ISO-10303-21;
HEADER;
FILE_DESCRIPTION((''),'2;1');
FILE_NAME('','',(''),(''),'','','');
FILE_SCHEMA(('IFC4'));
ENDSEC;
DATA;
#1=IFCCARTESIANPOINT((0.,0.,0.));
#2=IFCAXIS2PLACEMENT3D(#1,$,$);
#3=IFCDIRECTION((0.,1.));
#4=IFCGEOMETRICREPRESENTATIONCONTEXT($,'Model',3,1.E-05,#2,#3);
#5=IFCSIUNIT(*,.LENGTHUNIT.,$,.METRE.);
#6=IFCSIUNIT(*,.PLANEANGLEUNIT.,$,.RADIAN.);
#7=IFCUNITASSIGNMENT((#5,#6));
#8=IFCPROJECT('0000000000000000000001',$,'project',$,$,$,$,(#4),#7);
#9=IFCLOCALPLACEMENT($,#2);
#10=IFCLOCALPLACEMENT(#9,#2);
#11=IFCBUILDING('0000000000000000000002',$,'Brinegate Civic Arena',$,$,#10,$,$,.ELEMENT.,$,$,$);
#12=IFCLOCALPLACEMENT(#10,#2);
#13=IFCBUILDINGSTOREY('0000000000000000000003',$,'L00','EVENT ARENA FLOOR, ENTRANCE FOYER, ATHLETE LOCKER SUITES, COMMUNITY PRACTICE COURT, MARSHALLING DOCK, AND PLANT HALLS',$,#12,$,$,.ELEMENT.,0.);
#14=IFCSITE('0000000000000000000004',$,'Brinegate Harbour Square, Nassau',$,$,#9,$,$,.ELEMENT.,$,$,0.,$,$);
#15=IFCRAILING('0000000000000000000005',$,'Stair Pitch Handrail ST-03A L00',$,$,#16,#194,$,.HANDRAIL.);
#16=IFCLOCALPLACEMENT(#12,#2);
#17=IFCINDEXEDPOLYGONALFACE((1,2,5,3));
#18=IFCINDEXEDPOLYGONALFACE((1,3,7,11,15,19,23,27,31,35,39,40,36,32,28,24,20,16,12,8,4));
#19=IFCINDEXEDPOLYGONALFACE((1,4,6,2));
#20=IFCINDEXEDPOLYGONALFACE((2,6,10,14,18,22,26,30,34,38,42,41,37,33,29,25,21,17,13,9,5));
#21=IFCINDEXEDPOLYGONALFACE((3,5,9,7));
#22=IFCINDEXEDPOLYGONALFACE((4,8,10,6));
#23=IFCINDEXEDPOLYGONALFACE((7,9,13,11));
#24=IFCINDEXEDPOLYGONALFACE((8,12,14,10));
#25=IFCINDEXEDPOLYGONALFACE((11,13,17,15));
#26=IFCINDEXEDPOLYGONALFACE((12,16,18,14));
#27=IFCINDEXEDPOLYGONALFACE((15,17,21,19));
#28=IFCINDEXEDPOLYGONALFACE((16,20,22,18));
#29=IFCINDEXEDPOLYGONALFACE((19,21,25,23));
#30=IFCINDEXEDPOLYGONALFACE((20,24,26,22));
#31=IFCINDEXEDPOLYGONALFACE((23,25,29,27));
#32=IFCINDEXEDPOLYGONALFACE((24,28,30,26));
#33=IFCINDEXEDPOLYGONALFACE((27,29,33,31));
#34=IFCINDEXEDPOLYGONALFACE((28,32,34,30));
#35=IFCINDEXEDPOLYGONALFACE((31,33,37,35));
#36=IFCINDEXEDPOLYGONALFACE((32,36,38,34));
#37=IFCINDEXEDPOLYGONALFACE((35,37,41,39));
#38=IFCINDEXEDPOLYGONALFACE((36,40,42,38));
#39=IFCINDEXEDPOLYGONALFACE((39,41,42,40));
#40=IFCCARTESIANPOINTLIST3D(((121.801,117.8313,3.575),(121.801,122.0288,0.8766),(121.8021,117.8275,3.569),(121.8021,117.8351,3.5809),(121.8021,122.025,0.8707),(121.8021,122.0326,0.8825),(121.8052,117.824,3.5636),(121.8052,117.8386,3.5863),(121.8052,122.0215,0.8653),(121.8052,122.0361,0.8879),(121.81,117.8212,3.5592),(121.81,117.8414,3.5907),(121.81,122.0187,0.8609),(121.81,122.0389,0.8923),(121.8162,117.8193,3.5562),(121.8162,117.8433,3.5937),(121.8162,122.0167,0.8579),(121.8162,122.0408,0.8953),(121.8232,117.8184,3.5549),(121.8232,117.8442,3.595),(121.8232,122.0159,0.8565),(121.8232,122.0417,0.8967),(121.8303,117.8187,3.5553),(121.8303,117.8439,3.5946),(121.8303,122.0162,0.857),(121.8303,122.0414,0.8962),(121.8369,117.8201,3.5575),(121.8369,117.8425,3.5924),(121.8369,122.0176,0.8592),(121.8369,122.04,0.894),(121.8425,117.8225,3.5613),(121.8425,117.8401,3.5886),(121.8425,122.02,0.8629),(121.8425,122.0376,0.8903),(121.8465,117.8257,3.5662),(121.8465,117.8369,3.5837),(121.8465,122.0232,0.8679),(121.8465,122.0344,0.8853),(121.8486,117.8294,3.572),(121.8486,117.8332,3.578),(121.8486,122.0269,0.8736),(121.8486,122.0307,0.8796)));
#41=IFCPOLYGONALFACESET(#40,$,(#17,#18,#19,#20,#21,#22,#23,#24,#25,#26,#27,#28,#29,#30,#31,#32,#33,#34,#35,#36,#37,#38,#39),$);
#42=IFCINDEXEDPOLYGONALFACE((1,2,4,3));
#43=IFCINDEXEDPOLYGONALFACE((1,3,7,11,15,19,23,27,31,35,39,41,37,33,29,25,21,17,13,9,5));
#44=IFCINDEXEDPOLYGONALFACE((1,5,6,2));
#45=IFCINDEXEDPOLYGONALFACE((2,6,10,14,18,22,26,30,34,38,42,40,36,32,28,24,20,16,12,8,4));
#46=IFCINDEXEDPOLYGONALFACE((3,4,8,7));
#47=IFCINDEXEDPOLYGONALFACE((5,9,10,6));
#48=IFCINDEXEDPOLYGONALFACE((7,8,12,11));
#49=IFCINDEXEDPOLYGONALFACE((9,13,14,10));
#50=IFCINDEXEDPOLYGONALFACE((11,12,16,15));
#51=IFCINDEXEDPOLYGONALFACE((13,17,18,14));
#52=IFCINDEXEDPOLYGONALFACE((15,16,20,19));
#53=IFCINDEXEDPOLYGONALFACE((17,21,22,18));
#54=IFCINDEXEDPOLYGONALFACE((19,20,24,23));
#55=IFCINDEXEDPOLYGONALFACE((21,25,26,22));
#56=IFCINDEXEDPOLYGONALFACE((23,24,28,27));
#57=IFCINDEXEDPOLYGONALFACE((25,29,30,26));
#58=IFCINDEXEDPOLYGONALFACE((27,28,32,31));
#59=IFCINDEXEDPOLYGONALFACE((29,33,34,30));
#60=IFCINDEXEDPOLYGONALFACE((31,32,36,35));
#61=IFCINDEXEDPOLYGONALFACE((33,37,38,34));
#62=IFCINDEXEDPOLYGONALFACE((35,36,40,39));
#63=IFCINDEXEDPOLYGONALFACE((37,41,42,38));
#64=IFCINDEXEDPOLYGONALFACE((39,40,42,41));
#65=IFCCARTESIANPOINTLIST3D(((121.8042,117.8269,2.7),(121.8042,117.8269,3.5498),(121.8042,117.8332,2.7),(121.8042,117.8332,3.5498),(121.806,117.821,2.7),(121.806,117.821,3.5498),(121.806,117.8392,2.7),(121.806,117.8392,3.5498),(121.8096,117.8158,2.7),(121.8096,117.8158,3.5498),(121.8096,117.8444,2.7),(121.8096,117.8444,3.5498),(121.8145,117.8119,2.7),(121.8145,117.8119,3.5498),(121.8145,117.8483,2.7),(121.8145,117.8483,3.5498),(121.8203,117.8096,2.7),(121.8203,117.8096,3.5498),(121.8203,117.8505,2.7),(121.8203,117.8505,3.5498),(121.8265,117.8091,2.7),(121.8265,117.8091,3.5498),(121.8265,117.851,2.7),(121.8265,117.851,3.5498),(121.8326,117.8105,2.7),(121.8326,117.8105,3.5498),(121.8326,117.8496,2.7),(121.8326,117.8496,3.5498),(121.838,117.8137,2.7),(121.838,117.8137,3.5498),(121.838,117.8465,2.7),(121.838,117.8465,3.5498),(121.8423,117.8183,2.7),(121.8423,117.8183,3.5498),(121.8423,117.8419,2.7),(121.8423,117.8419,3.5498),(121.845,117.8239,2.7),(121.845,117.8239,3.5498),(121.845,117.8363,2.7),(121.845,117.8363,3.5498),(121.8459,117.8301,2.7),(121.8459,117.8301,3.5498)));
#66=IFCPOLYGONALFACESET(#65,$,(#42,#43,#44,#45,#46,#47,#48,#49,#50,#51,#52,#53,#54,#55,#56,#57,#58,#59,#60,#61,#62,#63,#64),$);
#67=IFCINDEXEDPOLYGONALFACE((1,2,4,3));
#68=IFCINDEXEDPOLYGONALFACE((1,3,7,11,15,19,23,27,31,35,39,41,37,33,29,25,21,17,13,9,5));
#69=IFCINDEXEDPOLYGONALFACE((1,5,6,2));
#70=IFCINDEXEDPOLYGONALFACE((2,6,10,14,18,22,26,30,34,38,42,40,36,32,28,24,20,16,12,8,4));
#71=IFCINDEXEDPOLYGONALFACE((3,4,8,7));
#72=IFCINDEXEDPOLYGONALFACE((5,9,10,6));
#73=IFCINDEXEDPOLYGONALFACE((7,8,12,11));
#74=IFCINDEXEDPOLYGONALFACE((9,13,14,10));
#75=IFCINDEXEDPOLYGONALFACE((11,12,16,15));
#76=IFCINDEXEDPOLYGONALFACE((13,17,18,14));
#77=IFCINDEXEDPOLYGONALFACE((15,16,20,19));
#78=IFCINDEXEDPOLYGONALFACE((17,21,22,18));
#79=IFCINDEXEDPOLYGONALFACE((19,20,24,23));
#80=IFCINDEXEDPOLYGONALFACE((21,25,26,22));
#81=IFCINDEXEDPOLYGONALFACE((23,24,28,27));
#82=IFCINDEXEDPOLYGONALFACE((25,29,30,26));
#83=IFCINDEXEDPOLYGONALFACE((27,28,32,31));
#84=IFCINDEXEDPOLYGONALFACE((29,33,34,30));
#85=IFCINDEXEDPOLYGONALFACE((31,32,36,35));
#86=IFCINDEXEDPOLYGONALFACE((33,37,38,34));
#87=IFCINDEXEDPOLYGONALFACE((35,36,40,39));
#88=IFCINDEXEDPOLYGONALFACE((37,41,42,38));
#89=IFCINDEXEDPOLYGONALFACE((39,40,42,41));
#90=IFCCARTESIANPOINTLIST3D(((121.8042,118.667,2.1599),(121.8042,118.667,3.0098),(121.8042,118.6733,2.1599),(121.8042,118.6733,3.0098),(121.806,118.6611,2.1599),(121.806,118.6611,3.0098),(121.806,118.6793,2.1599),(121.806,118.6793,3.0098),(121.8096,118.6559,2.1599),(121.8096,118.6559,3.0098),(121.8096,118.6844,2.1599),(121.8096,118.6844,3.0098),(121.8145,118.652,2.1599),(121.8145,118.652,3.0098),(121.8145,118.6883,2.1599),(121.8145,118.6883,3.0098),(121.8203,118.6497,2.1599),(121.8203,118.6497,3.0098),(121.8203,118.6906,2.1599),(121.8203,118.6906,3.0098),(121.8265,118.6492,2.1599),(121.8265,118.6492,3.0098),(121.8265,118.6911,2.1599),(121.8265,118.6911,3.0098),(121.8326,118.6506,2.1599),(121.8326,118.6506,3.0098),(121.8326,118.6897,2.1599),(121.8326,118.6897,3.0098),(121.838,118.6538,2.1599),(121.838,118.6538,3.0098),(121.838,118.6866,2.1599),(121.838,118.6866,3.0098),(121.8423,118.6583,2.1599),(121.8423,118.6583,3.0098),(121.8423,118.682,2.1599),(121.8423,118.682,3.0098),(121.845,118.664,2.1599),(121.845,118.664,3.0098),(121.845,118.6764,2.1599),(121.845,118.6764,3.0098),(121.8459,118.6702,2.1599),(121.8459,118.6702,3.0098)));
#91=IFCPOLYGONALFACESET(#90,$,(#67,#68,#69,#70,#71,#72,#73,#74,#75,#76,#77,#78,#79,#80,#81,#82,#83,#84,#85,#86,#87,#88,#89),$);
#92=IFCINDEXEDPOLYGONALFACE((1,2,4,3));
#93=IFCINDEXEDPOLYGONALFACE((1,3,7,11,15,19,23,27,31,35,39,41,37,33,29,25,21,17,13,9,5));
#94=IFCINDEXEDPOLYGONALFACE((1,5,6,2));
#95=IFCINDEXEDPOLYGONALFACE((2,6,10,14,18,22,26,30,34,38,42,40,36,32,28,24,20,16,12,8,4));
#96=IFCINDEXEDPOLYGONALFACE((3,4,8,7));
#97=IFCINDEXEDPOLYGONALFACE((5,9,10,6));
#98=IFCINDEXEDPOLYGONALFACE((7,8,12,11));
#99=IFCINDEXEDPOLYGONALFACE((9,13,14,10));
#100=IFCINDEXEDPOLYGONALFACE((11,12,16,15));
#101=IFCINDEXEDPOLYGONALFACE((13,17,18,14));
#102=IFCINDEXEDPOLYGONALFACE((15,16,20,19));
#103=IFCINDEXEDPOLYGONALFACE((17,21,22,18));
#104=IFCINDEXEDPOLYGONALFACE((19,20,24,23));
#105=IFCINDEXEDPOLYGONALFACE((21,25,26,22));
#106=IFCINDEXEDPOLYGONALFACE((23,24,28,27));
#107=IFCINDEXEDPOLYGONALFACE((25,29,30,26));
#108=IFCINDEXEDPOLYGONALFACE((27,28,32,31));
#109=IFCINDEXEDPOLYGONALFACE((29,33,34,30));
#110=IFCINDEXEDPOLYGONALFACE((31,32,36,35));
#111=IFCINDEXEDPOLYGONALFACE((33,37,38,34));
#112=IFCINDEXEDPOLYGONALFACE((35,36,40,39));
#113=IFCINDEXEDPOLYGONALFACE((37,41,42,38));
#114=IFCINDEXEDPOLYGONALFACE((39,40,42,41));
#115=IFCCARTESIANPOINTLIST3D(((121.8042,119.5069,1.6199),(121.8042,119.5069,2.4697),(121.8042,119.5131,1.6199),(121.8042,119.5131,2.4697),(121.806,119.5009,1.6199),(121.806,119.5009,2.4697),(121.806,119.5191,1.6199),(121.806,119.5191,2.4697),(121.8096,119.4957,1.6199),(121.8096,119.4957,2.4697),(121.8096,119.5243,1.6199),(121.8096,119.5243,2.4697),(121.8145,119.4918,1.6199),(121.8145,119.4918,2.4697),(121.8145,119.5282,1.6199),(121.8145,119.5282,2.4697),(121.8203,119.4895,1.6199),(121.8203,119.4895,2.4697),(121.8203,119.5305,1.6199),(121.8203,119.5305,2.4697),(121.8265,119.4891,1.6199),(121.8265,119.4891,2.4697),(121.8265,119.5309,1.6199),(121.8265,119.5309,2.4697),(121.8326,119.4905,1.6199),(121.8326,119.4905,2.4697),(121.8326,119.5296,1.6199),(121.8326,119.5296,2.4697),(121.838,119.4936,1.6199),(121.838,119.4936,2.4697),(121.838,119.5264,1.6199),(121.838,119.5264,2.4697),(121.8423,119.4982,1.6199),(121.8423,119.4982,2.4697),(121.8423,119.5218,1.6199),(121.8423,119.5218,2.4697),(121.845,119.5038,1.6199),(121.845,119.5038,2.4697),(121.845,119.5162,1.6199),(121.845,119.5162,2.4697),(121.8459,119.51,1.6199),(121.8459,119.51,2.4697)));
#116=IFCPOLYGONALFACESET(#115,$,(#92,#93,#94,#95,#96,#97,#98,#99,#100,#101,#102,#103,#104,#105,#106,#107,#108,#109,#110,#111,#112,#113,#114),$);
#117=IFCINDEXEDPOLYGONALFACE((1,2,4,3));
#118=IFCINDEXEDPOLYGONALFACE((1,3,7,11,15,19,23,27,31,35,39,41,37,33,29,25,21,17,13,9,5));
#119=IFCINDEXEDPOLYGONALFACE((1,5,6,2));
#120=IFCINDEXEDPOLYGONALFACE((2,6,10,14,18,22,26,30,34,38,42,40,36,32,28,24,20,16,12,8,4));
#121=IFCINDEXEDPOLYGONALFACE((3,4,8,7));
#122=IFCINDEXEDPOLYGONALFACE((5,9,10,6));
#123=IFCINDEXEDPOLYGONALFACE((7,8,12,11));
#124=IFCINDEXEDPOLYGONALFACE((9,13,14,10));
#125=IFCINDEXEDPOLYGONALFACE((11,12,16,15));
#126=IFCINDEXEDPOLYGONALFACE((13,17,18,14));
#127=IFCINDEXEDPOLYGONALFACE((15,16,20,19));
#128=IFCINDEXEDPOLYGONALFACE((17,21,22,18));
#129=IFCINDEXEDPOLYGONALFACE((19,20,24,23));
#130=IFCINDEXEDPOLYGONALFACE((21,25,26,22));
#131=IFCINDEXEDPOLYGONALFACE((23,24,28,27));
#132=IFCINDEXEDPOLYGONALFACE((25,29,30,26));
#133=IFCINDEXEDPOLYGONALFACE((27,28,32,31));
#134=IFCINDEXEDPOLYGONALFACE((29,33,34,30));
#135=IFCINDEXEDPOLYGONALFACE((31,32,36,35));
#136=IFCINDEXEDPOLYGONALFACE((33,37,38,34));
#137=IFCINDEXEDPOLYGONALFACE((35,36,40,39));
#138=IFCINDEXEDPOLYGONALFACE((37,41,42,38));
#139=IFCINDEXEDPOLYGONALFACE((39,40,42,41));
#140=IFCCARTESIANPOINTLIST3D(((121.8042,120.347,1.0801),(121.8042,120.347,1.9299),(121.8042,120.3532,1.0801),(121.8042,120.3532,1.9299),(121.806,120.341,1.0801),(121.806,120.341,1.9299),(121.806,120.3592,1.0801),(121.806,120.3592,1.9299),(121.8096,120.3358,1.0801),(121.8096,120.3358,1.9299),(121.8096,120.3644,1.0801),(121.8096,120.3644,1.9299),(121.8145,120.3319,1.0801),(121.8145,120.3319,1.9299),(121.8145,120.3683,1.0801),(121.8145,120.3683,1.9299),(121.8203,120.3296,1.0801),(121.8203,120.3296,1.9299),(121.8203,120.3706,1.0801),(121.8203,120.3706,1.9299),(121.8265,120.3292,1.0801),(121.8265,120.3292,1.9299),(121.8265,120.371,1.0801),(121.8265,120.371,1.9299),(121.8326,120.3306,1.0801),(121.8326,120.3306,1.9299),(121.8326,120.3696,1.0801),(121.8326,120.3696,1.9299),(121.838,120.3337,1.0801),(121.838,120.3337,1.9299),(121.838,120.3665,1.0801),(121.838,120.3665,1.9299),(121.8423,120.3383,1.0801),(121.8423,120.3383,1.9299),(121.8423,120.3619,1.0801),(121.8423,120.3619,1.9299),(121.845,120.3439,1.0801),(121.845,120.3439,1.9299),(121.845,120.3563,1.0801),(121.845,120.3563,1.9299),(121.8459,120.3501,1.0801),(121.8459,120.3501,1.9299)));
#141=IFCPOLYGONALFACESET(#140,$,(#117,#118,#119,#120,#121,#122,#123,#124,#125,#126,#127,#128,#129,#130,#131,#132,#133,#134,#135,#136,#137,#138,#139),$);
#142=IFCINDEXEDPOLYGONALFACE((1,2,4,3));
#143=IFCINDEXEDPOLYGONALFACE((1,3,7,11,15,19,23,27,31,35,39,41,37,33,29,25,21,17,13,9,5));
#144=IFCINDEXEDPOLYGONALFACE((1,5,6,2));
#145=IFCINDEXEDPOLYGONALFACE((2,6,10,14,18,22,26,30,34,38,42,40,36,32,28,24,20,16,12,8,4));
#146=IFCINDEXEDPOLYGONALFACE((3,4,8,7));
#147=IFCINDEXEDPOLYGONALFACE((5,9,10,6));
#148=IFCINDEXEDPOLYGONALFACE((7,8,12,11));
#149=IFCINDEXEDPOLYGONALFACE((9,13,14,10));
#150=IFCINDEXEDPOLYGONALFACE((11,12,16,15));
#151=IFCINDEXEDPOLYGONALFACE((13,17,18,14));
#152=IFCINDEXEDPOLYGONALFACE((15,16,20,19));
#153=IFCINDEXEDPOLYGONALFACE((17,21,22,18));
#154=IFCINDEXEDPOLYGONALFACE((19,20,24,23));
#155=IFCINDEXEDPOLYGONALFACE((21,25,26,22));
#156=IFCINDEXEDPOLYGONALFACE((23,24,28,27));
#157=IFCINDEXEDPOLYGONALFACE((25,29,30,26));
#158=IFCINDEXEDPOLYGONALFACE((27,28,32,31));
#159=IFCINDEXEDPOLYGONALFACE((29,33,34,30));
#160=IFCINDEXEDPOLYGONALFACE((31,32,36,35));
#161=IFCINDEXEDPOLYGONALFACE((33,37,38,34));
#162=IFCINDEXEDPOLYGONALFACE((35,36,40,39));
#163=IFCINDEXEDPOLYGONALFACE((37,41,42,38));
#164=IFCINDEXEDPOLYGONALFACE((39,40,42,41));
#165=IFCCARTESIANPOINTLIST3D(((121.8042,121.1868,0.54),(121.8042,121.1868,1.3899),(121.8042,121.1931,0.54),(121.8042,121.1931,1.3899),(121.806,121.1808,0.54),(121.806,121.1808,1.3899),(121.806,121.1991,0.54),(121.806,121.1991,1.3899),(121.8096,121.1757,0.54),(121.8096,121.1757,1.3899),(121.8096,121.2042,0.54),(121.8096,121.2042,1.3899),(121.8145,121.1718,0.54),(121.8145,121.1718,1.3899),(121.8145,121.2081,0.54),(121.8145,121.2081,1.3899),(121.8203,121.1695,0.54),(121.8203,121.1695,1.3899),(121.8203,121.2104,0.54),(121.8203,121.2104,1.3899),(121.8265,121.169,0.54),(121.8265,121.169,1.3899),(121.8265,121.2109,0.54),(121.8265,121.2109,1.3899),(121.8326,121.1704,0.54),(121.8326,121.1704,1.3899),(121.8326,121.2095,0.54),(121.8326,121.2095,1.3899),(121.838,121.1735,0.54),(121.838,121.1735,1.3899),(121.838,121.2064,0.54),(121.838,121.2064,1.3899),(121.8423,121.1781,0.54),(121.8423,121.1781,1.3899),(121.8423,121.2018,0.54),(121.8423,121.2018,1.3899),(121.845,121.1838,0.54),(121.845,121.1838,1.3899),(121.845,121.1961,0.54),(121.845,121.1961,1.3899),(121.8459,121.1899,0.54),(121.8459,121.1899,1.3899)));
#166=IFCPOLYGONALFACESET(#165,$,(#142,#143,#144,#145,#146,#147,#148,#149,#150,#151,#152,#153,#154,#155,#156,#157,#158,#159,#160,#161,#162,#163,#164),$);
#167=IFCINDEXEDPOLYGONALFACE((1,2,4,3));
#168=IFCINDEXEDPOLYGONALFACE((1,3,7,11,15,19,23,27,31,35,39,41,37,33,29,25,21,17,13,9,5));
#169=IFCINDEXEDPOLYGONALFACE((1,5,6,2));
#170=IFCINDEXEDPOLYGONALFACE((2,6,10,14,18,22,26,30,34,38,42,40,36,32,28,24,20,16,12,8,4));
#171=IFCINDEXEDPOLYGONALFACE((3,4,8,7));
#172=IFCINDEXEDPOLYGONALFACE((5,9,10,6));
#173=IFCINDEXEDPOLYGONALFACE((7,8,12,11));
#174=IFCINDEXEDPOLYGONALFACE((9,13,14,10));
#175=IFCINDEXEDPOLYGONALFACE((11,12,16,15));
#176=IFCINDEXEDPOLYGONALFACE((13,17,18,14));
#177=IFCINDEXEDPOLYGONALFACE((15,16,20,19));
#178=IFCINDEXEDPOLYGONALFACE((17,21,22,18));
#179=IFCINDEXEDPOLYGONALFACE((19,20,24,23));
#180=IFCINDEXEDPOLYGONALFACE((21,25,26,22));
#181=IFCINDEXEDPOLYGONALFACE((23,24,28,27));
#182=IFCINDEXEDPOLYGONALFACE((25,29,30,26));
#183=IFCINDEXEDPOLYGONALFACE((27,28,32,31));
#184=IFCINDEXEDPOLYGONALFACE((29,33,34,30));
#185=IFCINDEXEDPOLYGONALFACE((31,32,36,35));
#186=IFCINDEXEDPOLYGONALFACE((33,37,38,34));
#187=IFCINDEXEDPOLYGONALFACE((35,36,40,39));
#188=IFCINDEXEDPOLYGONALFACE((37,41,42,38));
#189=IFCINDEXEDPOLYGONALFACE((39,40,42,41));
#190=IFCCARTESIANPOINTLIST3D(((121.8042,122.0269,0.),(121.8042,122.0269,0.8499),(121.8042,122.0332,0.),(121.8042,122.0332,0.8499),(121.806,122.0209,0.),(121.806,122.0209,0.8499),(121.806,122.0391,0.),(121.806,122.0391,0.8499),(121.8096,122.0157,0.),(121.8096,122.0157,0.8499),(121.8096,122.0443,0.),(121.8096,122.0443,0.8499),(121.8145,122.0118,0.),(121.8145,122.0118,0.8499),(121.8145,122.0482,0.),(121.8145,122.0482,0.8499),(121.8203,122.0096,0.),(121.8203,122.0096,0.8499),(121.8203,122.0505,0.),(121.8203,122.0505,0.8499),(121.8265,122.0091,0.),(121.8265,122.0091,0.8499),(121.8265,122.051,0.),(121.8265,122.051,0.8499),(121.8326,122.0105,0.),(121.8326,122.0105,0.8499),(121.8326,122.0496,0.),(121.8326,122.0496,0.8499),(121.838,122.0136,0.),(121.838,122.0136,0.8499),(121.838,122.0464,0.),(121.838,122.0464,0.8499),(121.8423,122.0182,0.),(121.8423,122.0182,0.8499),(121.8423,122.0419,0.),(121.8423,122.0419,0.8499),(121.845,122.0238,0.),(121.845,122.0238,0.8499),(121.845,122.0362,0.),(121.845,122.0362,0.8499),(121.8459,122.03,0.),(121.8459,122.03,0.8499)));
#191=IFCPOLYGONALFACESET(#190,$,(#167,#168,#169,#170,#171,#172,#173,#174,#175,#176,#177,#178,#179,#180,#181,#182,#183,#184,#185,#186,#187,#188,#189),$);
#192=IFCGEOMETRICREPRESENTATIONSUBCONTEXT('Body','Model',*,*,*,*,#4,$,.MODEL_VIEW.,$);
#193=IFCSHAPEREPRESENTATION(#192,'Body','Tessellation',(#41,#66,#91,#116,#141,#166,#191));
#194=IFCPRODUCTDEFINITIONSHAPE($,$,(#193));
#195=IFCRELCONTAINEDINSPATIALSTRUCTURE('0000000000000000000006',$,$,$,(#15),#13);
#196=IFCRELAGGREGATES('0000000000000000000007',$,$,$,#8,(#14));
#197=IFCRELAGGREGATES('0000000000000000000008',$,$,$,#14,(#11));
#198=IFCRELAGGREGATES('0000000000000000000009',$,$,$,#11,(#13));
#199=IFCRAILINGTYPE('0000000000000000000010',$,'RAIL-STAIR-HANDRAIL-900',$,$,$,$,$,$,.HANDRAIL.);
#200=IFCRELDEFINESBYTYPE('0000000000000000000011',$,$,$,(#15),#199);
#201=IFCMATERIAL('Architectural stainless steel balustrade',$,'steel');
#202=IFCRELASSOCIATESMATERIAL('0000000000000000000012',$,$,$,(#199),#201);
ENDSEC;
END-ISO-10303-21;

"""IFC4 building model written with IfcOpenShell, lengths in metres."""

from ifc_helpers import new_model, si_unit, direction, frame, origin, origin_2d, place, context, subcontext, project, spatial, circle, extrude, material, type_object, element, save


model = new_model("IFC4")

# Units and contexts
model_context = context("Model", 3, precision=1e-05, world=origin(), true_north=direction((0.0, 1.0)))
body_context = subcontext(model_context, "Body", "Model", "MODEL_VIEW")
ifc_project = project(units=[si_unit("LENGTHUNIT", "METRE"), si_unit("PLANEANGLEUNIT", "RADIAN")], contexts=[model_context])

# Site, building, storey
site_placement = place(None, origin())
site = spatial("IfcSite", under=ifc_project, at=site_placement, Name="Brinegate Harbour Square, Nassau", CompositionType="ELEMENT", RefElevation=0.0)
building_placement = place(site_placement, origin())
building = spatial("IfcBuilding", under=site, at=building_placement, Name="Brinegate Civic Arena", CompositionType="ELEMENT")
storey_placement = place(building_placement, origin())
storey = spatial("IfcBuildingStorey", under=building, at=storey_placement, Name="L00", Description="EVENT ARENA FLOOR, ENTRANCE FOYER, ATHLETE LOCKER SUITES, COMMUNITY PRACTICE COURT, MARSHALLING DOCK, AND PLANT HALLS", CompositionType="ELEMENT", Elevation=0.0)

# Railing
ifc_material_1 = material(Name="Architectural stainless steel balustrade", Category="steel")
railing_type = type_object("IfcRailingType", Name="RAIL-STAIR-HANDRAIL-900", PredefinedType="HANDRAIL", material=ifc_material_1)
for number, where, name in (
    (1, (121.825, 117.8301, 2.7), "Stair Pitch Handrail ST-03A L00"),
):
    element("IfcRailing", number, at=place(storey_placement, frame(where)), inside=storey, type_object=railing_type, Name=name, PredefinedType="HANDRAIL", context=body_context, shape_type="SweptSolid", body=[
        extrude(circle(Radius=0.0239, at=origin_2d()), frame((0.0, 0.0012, 0.875), z_axis=(0.0, 0.84118, -0.540755), x_axis=(-1.0, 0.0, 0.0)), (0.0, 0.0, 1.0), 4.99),
        extrude(circle(Radius=0.021, at=origin_2d()), origin(), (0.0, 0.0, 1.0), 0.8499),
        extrude(circle(Radius=0.021, at=origin_2d()), frame((0.0, 0.8401, -0.54)), (0.0, 0.0, 1.0), 0.8499),
        extrude(circle(Radius=0.021, at=origin_2d()), frame((0.0, 1.6799, -1.0801)), (0.0, 0.0, 1.0), 0.8499),
        extrude(circle(Radius=0.021, at=origin_2d()), frame((0.0, 2.52, -1.6199)), (0.0, 0.0, 1.0), 0.8499),
        extrude(circle(Radius=0.021, at=origin_2d()), frame((0.0, 3.3599, -2.1599)), (0.0, 0.0, 1.0), 0.8499),
        extrude(circle(Radius=0.021, at=origin_2d()), frame((0.0, 4.2, -2.7)), (0.0, 0.0, 1.0), 0.8499),
    ])

save(model, "model.ifc")
